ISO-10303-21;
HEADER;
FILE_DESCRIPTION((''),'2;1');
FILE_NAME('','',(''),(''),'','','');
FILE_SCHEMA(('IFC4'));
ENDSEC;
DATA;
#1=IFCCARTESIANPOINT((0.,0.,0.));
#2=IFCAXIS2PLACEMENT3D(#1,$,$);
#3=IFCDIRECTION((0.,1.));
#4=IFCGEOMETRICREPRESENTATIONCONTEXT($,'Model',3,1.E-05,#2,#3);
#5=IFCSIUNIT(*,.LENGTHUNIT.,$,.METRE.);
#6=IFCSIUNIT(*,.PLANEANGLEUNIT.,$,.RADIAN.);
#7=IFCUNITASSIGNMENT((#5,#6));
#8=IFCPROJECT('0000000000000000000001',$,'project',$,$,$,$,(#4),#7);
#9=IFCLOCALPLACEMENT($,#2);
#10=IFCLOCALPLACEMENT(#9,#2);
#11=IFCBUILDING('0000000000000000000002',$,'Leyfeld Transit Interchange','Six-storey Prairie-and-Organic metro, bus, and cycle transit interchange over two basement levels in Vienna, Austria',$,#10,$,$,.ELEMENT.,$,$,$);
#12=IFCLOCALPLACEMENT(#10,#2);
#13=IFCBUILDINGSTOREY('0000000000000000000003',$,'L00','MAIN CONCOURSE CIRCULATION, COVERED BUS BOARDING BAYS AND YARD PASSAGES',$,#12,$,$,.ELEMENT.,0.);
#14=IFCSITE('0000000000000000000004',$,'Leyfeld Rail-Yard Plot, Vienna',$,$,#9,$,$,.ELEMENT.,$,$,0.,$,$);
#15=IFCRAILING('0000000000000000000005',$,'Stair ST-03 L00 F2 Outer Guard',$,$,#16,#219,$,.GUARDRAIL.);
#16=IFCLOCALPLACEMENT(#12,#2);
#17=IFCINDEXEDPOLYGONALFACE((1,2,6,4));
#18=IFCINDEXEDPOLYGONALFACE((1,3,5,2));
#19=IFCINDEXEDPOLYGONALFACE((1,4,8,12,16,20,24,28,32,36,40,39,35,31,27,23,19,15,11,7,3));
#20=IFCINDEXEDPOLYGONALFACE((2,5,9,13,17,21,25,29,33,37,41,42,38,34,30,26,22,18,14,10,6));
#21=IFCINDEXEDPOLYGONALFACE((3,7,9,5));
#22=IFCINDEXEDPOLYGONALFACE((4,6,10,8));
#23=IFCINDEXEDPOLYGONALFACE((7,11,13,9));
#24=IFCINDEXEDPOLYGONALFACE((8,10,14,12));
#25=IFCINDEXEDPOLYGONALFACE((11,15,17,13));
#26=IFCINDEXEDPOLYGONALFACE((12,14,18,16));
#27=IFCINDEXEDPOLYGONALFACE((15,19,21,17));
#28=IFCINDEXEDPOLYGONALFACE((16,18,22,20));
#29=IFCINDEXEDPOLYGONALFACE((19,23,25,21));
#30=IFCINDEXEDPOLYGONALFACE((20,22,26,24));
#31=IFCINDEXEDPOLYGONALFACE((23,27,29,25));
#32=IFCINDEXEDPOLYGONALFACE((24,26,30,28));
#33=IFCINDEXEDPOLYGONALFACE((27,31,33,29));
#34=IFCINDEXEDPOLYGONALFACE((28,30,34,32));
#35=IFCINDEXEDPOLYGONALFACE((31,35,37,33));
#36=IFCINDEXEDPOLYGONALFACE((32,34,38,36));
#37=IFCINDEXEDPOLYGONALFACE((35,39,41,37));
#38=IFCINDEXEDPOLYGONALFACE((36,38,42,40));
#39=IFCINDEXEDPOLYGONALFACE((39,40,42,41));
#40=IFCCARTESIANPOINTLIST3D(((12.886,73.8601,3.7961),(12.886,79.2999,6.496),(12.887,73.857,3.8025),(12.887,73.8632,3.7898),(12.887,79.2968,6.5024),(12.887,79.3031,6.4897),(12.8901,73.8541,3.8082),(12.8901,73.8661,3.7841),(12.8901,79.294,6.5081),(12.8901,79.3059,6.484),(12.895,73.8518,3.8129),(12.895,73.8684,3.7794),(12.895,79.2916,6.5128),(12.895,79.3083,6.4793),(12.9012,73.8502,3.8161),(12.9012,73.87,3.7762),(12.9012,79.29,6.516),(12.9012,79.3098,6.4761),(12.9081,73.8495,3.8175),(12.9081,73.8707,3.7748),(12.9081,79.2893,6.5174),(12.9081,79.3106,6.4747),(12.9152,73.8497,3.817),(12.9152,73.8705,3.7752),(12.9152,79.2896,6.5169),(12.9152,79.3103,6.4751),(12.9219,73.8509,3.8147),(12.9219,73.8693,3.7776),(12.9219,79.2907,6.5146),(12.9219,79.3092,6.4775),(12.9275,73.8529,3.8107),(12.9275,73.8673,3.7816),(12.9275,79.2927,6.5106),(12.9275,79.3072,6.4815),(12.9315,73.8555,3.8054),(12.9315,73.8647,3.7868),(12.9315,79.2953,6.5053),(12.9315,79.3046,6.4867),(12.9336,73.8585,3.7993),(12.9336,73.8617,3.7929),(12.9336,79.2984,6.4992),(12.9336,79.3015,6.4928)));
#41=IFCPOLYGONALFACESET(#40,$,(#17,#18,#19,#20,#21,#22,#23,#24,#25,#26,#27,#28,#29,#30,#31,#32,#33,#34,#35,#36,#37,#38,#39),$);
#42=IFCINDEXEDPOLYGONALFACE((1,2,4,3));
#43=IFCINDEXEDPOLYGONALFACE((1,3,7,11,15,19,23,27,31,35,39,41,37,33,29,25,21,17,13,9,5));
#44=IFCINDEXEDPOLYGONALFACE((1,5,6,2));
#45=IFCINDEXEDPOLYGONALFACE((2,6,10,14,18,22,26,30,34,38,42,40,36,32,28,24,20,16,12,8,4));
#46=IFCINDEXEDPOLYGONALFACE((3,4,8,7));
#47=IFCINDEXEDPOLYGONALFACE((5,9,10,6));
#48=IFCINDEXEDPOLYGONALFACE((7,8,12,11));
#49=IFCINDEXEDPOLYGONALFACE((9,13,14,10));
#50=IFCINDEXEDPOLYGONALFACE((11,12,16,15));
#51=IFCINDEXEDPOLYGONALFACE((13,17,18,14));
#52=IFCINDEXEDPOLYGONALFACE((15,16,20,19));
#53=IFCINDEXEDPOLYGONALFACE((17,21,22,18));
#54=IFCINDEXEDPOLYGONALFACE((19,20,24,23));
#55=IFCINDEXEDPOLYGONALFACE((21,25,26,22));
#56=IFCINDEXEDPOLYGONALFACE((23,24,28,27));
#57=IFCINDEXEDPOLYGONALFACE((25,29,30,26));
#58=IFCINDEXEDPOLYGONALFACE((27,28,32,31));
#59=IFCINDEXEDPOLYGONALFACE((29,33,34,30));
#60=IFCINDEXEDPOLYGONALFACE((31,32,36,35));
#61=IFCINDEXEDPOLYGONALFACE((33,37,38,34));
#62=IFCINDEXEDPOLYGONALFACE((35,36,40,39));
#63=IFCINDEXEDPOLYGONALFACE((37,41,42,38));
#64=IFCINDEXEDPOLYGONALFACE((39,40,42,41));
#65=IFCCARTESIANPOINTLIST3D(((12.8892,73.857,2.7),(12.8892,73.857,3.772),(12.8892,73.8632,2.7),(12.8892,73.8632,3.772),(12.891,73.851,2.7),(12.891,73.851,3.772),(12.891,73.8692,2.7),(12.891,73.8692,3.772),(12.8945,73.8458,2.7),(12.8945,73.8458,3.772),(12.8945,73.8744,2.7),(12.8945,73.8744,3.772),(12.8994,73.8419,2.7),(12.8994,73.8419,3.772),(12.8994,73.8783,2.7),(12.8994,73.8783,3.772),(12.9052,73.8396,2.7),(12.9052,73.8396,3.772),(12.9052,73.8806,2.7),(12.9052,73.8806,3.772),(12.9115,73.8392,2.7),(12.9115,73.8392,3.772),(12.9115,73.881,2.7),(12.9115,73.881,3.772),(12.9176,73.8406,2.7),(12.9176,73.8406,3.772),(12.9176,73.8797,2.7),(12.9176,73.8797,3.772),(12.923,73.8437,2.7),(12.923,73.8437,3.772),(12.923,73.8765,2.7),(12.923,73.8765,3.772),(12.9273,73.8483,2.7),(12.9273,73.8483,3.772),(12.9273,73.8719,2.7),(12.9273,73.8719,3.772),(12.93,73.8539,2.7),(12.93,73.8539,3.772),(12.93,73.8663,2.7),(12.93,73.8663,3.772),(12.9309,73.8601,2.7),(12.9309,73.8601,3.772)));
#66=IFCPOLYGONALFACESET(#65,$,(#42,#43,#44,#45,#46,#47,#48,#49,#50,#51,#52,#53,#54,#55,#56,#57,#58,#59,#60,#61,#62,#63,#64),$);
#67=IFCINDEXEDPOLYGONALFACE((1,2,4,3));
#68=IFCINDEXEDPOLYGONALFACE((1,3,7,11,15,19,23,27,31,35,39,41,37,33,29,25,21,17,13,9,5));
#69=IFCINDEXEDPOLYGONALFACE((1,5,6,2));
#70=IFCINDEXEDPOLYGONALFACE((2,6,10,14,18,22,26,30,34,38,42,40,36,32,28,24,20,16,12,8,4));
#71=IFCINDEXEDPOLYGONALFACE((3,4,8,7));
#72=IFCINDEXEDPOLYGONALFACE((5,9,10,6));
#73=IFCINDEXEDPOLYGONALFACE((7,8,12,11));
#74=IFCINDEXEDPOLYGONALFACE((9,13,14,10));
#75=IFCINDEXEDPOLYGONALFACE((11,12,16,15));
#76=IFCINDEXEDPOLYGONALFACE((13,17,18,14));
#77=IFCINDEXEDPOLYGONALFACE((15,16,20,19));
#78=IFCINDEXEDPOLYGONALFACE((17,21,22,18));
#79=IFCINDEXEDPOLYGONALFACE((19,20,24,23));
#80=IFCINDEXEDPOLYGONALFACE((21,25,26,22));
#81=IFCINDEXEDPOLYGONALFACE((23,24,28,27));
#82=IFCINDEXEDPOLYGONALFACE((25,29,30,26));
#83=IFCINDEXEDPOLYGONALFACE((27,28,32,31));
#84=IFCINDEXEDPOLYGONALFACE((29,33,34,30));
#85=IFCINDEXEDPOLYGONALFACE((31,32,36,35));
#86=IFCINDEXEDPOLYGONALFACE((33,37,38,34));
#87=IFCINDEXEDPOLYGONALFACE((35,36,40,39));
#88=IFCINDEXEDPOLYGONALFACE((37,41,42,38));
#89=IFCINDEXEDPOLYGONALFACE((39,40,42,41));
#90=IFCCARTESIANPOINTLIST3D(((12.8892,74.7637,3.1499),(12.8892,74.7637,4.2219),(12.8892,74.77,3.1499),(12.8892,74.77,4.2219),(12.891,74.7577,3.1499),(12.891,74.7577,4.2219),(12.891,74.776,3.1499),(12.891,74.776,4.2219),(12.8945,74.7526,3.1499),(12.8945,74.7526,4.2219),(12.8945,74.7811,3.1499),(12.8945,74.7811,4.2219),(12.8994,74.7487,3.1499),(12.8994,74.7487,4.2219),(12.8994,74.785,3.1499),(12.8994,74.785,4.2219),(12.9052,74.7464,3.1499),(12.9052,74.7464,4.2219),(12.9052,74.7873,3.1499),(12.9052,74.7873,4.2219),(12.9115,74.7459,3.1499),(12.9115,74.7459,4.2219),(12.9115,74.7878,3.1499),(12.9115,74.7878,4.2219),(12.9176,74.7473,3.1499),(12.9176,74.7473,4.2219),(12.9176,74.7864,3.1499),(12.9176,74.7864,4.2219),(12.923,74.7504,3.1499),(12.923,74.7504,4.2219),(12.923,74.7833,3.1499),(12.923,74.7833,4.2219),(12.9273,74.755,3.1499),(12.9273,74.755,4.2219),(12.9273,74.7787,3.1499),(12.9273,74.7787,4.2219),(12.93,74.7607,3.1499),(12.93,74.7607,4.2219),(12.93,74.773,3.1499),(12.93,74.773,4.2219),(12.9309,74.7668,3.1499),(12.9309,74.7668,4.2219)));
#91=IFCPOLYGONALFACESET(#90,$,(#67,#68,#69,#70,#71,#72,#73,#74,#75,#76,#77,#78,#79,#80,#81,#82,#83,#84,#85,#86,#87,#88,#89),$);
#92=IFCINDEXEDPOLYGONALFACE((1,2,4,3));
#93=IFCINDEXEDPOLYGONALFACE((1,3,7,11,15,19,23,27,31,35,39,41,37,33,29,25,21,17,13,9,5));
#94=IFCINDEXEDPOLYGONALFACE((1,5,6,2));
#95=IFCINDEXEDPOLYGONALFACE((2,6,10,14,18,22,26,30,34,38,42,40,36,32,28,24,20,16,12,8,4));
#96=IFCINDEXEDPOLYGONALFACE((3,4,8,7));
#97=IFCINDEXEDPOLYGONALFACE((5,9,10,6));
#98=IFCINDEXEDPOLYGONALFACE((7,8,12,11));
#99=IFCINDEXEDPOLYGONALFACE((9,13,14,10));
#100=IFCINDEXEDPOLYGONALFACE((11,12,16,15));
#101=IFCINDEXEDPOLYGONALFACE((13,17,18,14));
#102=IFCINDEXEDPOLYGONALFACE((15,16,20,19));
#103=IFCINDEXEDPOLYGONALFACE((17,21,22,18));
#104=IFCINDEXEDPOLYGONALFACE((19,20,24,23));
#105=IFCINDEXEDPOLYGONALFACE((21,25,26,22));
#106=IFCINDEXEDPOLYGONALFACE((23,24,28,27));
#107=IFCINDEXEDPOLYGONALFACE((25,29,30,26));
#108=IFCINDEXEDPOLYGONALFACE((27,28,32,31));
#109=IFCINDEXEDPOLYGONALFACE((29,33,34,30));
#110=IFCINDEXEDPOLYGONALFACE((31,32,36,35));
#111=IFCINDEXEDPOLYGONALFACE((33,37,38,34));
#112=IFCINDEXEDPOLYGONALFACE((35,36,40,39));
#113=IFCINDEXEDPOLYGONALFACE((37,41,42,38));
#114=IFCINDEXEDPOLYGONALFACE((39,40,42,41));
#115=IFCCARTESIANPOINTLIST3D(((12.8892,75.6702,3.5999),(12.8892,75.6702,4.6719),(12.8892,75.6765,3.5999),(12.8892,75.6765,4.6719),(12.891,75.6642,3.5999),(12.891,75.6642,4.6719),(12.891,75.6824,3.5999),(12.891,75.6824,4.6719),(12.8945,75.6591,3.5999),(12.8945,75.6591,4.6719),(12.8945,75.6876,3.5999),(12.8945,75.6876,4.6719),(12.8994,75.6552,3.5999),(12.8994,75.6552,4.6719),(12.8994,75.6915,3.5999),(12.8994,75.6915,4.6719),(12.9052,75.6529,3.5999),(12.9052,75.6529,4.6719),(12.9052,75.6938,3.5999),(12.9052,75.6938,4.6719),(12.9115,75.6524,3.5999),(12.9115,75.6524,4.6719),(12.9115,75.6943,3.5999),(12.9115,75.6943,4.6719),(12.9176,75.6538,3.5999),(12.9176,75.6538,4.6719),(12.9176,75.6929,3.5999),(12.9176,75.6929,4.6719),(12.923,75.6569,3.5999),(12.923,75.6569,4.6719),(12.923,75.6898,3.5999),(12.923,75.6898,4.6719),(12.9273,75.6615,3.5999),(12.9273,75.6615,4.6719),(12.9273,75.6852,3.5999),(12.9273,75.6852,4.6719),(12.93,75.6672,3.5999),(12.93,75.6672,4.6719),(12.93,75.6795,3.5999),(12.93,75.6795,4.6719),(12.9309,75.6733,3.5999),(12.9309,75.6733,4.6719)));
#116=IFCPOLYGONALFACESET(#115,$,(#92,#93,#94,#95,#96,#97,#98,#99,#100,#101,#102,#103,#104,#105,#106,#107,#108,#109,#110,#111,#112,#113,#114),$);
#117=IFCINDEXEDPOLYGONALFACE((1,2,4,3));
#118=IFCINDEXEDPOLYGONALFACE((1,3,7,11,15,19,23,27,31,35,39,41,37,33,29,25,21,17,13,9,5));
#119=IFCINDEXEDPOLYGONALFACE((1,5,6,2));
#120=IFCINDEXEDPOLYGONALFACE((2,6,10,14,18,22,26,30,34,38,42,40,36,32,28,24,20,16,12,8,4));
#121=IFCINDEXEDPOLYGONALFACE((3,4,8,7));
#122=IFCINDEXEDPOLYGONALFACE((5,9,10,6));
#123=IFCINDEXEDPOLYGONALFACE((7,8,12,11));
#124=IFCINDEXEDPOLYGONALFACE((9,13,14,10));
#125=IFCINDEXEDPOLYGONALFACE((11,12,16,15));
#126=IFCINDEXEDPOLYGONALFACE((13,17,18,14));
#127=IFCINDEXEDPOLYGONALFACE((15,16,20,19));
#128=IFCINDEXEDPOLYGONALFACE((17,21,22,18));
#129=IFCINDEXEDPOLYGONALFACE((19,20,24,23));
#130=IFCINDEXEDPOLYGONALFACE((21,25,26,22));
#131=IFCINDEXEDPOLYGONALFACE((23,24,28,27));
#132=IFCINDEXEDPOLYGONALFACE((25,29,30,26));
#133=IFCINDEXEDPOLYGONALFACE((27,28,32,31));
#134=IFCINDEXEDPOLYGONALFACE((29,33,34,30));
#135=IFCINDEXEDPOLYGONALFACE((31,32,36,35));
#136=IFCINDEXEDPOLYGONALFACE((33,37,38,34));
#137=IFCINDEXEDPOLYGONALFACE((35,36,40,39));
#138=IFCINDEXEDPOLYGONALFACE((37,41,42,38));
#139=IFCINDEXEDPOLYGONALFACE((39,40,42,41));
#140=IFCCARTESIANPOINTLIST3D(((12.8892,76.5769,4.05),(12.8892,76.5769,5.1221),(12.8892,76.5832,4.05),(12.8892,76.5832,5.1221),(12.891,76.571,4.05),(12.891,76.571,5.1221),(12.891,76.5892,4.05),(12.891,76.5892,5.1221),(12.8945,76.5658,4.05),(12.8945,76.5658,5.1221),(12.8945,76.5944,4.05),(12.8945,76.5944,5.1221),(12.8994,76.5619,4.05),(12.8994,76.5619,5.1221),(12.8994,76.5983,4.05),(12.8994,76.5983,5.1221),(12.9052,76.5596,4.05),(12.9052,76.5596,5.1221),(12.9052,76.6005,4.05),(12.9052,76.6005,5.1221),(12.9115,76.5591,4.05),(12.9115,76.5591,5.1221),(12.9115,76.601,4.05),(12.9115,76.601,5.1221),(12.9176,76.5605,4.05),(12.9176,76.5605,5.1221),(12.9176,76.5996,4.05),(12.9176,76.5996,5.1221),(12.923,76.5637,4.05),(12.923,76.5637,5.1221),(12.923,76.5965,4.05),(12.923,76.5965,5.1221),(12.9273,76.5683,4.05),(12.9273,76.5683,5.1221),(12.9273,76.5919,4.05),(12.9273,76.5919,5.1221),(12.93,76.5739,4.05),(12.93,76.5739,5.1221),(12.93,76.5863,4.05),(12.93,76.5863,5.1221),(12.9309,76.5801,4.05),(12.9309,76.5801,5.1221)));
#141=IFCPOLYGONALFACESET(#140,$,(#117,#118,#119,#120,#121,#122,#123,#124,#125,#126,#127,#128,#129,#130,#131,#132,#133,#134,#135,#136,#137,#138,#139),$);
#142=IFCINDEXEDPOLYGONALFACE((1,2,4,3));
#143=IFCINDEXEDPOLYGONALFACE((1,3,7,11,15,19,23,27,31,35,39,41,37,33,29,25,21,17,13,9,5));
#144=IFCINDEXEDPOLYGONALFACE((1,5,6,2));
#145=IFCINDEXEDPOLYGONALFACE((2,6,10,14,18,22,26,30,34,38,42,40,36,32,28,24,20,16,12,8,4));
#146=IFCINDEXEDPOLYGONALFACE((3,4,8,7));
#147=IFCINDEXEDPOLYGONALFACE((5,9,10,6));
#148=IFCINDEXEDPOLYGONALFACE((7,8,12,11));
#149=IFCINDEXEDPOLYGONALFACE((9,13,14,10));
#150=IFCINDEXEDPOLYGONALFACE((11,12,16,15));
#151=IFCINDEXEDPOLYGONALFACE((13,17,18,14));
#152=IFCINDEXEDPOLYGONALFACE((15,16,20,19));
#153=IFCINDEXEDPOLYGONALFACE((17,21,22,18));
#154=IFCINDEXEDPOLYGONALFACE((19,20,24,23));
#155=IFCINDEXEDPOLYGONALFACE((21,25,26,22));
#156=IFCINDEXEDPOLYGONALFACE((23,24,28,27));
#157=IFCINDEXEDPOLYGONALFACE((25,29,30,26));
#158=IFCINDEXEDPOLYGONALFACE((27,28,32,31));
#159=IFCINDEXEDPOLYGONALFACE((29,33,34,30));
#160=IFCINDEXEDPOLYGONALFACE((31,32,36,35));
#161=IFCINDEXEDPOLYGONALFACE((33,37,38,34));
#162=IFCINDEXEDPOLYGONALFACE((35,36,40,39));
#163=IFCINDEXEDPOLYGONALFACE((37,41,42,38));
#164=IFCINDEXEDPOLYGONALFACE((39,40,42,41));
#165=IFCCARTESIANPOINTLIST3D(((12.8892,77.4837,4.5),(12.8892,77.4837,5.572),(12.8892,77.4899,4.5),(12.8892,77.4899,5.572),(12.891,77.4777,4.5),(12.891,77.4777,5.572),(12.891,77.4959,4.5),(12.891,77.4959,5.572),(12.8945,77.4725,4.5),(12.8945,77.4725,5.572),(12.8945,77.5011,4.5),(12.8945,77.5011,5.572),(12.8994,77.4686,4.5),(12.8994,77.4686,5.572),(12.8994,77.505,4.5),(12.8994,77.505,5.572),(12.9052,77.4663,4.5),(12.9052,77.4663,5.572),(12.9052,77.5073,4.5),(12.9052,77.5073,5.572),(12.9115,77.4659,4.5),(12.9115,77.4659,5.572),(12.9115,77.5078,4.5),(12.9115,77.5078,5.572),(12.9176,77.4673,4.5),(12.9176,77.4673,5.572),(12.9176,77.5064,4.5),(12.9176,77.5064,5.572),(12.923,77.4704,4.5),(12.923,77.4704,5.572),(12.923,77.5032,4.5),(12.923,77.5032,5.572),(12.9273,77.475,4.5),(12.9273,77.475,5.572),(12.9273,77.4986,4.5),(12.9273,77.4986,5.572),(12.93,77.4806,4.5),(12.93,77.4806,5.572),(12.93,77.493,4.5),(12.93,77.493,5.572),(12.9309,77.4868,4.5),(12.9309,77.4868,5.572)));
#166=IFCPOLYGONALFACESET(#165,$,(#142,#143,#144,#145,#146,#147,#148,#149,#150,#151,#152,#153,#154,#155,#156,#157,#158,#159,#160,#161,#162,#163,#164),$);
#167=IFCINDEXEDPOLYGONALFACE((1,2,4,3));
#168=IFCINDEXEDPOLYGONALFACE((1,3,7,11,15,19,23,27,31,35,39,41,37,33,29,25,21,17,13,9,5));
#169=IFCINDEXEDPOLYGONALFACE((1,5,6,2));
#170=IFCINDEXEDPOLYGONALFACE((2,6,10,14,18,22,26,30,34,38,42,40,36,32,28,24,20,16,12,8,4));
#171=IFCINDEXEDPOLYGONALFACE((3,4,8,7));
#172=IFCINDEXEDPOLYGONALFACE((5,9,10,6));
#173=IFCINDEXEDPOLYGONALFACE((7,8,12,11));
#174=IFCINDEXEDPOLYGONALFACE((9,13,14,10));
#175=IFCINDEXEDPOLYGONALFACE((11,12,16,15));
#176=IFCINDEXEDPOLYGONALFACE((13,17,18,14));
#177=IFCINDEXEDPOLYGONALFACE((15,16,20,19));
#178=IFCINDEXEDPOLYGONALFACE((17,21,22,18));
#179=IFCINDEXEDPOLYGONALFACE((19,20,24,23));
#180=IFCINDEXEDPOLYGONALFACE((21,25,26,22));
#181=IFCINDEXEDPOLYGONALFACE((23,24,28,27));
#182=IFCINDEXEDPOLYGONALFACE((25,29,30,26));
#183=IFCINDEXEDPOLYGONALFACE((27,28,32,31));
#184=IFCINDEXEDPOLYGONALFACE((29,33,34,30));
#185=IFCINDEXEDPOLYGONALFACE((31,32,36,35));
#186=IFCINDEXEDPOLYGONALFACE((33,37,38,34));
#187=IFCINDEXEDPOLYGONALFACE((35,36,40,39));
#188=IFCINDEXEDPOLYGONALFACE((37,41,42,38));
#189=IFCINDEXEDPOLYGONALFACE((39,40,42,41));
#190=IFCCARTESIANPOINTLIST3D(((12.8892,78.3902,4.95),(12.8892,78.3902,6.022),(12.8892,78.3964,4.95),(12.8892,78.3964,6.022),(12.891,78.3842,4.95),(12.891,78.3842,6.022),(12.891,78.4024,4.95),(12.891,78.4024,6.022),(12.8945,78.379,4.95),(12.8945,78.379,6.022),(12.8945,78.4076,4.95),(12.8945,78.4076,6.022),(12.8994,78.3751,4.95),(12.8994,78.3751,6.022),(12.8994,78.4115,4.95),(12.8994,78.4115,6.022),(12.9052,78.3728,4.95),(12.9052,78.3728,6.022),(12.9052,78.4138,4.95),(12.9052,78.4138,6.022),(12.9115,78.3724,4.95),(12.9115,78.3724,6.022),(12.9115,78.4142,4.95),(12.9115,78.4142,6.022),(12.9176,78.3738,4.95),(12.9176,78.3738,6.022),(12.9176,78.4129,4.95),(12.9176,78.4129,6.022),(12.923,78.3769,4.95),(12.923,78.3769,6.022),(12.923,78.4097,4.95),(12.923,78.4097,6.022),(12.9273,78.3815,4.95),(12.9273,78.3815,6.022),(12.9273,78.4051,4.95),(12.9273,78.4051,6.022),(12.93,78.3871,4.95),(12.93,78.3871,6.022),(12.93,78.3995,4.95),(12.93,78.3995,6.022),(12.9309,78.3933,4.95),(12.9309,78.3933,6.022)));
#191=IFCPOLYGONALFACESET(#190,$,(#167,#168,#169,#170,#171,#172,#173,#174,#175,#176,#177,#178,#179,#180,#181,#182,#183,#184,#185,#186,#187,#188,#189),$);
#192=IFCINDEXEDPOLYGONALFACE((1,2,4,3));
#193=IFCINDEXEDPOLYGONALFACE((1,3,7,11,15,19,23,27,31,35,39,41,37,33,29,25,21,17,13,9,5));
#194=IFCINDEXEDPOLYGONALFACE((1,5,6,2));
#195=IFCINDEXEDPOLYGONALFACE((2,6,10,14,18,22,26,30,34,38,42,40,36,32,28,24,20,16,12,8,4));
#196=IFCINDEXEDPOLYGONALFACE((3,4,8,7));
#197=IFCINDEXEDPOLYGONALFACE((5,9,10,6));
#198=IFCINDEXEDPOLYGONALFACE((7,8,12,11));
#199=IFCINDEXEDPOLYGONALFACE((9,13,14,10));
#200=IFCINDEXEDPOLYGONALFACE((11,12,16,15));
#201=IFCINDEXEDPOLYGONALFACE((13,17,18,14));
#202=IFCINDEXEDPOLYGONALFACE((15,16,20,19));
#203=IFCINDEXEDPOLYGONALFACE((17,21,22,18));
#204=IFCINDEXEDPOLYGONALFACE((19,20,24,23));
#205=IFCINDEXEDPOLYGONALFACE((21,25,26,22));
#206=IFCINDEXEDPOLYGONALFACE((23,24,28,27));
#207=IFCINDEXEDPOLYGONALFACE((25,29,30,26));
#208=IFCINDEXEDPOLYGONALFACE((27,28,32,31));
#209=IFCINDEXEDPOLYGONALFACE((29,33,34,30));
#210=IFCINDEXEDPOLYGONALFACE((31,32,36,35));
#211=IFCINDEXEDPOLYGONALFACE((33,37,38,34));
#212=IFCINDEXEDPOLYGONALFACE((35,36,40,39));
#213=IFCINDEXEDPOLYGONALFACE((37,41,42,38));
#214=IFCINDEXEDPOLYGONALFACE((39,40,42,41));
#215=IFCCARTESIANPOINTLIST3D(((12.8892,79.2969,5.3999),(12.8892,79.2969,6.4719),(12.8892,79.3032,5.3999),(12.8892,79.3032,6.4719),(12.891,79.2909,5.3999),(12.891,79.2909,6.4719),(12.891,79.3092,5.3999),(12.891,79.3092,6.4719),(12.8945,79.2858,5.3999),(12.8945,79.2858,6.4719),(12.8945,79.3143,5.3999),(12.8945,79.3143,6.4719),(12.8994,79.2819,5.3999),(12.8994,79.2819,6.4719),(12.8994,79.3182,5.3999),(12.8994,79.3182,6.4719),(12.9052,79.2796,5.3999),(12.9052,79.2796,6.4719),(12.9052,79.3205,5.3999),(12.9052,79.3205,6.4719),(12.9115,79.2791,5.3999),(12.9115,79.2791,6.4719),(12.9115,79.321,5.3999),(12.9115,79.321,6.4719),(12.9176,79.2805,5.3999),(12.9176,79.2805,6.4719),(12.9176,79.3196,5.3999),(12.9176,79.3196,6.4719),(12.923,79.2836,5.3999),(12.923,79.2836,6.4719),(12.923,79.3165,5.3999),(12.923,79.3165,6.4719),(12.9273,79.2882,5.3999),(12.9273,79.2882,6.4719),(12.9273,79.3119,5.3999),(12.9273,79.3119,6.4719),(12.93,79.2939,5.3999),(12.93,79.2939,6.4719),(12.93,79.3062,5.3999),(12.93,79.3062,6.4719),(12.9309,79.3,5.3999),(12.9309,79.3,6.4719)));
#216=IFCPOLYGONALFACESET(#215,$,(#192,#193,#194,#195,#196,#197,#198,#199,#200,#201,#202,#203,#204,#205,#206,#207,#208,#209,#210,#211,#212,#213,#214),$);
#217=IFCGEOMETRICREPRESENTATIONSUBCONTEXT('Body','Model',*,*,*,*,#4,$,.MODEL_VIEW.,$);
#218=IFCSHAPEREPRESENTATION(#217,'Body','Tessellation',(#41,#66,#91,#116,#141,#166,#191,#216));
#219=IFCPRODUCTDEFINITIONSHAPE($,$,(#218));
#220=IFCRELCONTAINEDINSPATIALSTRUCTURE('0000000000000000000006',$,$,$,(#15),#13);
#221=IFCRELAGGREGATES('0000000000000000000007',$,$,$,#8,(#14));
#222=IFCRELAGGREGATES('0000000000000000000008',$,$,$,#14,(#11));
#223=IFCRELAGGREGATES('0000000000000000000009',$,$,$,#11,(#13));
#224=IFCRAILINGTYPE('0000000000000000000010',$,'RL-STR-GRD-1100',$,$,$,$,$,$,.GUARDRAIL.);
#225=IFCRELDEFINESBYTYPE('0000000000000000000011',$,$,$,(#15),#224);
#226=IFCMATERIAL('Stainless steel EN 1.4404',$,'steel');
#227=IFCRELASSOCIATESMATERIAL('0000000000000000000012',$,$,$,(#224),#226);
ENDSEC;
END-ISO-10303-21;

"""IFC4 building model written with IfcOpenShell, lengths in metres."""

from ifc_helpers import new_model, si_unit, direction, frame, origin, origin_2d, place, context, subcontext, project, spatial, circle, extrude, material, type_object, element, save


model = new_model("IFC4")

# Units and contexts
model_context = context("Model", 3, precision=1e-05, world=origin(), true_north=direction((0.0, 1.0)))
body_context = subcontext(model_context, "Body", "Model", "MODEL_VIEW")
ifc_project = project(units=[si_unit("LENGTHUNIT", "METRE"), si_unit("PLANEANGLEUNIT", "RADIAN")], contexts=[model_context])

# Site, building, storey
site_placement = place(None, origin())
site = spatial("IfcSite", under=ifc_project, at=site_placement, Name="Leyfeld Rail-Yard Plot, Vienna", CompositionType="ELEMENT", RefElevation=0.0)
building_placement = place(site_placement, origin())
building = spatial("IfcBuilding", under=site, at=building_placement, Name="Leyfeld Transit Interchange", Description="Six-storey Prairie-and-Organic metro, bus, and cycle transit interchange over two basement levels in Vienna, Austria", CompositionType="ELEMENT")
storey_placement = place(building_placement, origin())
storey = spatial("IfcBuildingStorey", under=building, at=storey_placement, Name="L00", Description="MAIN CONCOURSE CIRCULATION, COVERED BUS BOARDING BAYS AND YARD PASSAGES", CompositionType="ELEMENT", Elevation=0.0)

# Railing
ifc_material_1 = material(Name="Stainless steel EN 1.4404", Category="steel")
railing_type_1 = type_object("IfcRailingType", Name="RL-STR-GRD-1100", PredefinedType="GUARDRAIL", material=ifc_material_1)
for number, where, name in (
    (1, (12.9099, 73.8601, 2.7), "Stair ST-03 L00 F2 Outer Guard"),
):
    element("IfcRailing", number, at=place(storey_placement, frame(where)), inside=storey, type_object=railing_type_1, Name=name, PredefinedType="GUARDRAIL", context=body_context, shape_type="SweptSolid", body=[
        extrude(circle(Radius=0.0239, at=origin_2d()), frame((0.0, 0.0, 1.0962), z_axis=(0.0, 0.895742, 0.444575), x_axis=(-1.0, 0.0, 0.0)), (0.0, 0.0, 1.0), 6.073),
        extrude(circle(Radius=0.021, at=origin_2d()), origin(), (0.0, 0.0, 1.0), 1.072),
        extrude(circle(Radius=0.021, at=origin_2d()), frame((0.0, 0.9067, 0.45)), (0.0, 0.0, 1.0), 1.072),
        extrude(circle(Radius=0.021, at=origin_2d()), frame((0.0, 1.8132, 0.8999)), (0.0, 0.0, 1.0), 1.072),
        extrude(circle(Radius=0.021, at=origin_2d()), frame((0.0, 2.72, 1.3501)), (0.0, 0.0, 1.0), 1.072),
        extrude(circle(Radius=0.021, at=origin_2d()), frame((0.0, 3.6267, 1.8)), (0.0, 0.0, 1.0), 1.072),
        extrude(circle(Radius=0.021, at=origin_2d()), frame((0.0, 4.5332, 2.25)), (0.0, 0.0, 1.0), 1.072),
        extrude(circle(Radius=0.021, at=origin_2d()), frame((0.0, 5.4399, 2.7)), (0.0, 0.0, 1.0), 1.072),
    ])

save(model, "model.ifc")
